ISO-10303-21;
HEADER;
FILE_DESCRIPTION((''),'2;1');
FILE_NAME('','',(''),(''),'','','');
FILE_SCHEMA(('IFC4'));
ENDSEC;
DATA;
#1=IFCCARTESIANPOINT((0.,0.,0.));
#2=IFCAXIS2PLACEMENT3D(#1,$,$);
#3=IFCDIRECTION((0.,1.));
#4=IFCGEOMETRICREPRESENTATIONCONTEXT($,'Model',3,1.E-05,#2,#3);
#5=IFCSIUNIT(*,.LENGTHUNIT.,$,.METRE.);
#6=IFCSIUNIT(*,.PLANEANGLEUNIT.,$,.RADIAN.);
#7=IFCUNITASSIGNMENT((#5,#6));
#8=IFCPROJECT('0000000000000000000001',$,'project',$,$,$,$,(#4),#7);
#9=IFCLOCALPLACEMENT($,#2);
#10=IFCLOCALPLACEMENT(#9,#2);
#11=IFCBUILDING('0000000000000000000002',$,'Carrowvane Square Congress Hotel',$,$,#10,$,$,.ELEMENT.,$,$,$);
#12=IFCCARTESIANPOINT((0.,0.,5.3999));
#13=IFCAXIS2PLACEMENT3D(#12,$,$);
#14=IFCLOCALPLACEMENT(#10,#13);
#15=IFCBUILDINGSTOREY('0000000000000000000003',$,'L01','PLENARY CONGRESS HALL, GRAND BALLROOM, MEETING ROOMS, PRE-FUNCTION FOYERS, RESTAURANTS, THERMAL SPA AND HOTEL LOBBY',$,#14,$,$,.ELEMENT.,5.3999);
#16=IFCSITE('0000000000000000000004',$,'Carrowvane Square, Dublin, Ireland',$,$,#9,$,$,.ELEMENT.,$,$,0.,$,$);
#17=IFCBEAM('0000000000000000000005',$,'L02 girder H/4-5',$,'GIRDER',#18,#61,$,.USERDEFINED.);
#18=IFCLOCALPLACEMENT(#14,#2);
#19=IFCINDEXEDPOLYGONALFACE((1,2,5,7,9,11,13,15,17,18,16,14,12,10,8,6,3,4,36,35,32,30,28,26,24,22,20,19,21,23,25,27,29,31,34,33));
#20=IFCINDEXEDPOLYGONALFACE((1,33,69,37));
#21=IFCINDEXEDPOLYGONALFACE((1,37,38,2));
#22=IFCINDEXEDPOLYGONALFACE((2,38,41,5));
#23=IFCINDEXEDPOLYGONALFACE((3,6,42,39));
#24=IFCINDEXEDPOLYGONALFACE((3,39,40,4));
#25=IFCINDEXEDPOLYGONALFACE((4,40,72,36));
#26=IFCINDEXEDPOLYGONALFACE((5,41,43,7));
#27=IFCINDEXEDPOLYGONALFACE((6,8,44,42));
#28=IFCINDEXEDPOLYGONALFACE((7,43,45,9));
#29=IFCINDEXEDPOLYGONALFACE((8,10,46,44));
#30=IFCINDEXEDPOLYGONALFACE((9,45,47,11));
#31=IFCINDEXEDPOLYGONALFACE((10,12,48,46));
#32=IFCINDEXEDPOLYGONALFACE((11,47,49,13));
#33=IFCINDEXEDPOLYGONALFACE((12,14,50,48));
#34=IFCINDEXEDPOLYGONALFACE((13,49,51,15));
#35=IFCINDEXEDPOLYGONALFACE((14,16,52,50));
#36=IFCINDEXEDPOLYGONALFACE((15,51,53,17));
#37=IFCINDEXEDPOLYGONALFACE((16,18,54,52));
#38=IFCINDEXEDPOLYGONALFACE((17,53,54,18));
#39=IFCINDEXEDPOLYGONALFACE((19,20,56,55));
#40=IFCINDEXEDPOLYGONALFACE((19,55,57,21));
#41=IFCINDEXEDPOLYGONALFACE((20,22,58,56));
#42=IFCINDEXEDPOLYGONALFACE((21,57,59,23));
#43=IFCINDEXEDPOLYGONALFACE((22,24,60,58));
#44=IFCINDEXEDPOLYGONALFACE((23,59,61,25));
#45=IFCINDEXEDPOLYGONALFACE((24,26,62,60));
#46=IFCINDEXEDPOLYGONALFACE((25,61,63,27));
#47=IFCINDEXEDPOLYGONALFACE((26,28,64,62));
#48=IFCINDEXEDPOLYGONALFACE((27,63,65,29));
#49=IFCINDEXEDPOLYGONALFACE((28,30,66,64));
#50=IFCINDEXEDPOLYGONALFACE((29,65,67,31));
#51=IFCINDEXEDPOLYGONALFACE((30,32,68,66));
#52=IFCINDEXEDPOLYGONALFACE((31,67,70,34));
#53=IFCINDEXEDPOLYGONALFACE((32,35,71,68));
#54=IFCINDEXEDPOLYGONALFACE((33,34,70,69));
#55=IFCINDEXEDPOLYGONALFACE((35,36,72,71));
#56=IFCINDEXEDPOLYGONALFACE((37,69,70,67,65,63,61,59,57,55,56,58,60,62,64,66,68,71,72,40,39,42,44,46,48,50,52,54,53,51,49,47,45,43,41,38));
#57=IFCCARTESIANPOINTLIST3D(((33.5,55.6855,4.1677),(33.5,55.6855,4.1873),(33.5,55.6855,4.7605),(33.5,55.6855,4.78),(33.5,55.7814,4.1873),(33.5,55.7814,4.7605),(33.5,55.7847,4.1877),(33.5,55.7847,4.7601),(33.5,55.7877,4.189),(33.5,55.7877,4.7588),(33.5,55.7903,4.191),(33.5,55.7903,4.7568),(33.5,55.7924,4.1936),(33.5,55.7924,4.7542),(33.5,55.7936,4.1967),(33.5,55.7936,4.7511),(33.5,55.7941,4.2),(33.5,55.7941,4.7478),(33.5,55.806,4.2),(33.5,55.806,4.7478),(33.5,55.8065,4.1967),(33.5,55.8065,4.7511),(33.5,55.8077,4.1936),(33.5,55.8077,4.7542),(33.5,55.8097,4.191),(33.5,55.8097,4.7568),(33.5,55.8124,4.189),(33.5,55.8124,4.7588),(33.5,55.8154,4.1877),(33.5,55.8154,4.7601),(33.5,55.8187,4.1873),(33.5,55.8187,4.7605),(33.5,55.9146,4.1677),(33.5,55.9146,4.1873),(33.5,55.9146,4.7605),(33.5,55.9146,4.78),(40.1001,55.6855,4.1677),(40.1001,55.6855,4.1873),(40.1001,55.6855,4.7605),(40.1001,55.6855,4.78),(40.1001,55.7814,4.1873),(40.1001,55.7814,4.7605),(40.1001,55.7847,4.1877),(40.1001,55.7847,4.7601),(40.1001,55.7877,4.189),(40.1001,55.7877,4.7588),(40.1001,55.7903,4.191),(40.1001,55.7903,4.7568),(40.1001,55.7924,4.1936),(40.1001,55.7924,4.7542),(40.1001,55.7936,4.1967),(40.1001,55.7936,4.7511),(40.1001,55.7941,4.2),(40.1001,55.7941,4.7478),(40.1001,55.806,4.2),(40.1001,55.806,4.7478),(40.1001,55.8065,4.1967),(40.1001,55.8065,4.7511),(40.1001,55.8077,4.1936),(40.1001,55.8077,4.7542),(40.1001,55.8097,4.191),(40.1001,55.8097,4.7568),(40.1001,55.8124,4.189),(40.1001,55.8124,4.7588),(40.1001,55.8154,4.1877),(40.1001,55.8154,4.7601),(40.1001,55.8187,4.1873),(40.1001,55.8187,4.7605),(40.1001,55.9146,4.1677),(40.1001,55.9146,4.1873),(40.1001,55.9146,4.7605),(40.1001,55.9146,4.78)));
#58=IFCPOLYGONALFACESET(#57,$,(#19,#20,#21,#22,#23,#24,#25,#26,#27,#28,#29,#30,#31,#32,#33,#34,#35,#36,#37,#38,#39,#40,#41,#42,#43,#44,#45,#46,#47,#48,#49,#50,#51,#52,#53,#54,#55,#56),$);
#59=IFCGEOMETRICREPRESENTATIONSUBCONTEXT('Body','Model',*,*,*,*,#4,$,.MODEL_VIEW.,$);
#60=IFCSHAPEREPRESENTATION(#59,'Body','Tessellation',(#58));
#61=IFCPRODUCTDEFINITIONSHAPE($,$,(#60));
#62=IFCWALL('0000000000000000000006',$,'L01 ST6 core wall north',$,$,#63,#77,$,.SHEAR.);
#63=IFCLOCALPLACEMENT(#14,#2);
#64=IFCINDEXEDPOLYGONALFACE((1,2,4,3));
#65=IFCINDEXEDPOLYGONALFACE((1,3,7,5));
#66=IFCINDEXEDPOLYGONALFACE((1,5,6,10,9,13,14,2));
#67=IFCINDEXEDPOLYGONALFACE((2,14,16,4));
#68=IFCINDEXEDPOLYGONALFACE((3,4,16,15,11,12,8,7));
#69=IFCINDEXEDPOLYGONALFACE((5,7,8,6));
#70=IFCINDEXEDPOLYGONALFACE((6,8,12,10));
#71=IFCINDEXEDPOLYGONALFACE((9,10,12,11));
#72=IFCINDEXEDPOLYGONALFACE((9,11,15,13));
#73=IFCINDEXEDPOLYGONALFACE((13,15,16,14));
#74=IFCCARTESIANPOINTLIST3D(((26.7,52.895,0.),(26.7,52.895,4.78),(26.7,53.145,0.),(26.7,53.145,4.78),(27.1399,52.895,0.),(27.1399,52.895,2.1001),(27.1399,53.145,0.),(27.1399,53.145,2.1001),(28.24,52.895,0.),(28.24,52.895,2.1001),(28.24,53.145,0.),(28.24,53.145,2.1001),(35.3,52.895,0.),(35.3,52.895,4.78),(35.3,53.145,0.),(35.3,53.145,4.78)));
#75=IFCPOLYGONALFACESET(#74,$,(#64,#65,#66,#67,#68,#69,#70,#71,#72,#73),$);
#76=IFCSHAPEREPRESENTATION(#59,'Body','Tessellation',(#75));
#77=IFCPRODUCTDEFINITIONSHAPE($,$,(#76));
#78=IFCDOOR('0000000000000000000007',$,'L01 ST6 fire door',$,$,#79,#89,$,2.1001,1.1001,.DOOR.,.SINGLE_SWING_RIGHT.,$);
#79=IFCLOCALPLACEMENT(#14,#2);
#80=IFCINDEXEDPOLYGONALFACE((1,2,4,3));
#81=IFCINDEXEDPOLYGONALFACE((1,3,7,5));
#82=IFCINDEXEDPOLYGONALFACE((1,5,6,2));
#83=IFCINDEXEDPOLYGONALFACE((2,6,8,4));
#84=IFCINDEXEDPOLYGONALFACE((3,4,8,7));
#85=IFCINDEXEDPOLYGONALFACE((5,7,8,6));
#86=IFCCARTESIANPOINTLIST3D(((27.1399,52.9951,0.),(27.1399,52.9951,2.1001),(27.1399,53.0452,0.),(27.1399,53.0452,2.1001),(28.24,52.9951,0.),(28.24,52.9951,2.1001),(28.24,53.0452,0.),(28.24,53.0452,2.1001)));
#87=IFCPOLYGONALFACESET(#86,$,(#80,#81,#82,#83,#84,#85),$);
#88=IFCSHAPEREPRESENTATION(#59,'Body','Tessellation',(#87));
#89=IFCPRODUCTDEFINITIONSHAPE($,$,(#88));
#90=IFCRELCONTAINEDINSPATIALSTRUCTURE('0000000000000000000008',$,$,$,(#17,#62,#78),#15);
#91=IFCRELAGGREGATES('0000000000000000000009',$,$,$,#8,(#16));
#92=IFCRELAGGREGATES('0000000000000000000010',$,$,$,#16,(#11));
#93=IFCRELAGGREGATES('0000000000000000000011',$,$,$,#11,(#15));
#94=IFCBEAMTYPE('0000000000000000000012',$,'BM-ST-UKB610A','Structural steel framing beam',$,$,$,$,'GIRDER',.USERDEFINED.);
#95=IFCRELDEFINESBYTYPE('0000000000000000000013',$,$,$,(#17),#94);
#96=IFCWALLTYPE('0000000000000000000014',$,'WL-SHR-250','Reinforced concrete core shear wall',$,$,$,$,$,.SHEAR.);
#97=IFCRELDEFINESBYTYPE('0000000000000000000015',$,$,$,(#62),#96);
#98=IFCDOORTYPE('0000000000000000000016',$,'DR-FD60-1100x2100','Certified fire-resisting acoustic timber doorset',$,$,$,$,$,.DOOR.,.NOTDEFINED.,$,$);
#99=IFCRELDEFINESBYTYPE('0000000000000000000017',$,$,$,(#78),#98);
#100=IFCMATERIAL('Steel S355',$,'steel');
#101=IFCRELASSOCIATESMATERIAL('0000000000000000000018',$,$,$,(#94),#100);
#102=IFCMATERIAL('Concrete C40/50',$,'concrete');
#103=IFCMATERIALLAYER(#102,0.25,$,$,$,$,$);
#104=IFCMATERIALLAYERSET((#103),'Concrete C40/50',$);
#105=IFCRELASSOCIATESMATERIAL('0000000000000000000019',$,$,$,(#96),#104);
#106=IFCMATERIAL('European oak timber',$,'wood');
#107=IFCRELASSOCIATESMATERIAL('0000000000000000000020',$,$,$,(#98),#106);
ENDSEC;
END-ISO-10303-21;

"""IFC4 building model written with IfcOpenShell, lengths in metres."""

from ifc_helpers import new_model, si_unit, direction, frame, frame_2d, origin, origin_2d, place, context, subcontext, project, spatial, rectangle, i_section, extrude, material, layer, layer_set, material_profile, profile_set, type_object, element, fill, save


model = new_model("IFC4")

# Units and contexts
model_context = context("Model", 3, precision=1e-05, world=origin(), true_north=direction((0.0, 1.0)))
body_context = subcontext(model_context, "Body", "Model", "MODEL_VIEW")
ifc_project = project(units=[si_unit("LENGTHUNIT", "METRE"), si_unit("PLANEANGLEUNIT", "RADIAN")], contexts=[model_context])

# Site, building, storey
site_placement = place(None, origin())
site = spatial("IfcSite", under=ifc_project, at=site_placement, Name="Carrowvane Square, Dublin, Ireland", CompositionType="ELEMENT", RefElevation=0.0)
building_placement = place(site_placement, origin())
building = spatial("IfcBuilding", under=site, at=building_placement, Name="Carrowvane Square Congress Hotel", CompositionType="ELEMENT")
storey_placement = place(building_placement, frame((0.0, 0.0, 5.3999)))
storey = spatial("IfcBuildingStorey", under=building, at=storey_placement, Name="L01", Description="PLENARY CONGRESS HALL, GRAND BALLROOM, MEETING ROOMS, PRE-FUNCTION FOYERS, RESTAURANTS, THERMAL SPA AND HOTEL LOBBY", CompositionType="ELEMENT", Elevation=5.3999)

# Beam
ifc_material_1 = material(Name="Steel S355", Category="steel")
ifc_material_profile_1 = material_profile(ifc_material_1, i_section(OverallWidth=0.229, OverallDepth=0.6123, WebThickness=0.012, FlangeThickness=0.0195, FilletRadius=0.0127, at=origin_2d()), Name="UKB 610x229x125")
ifc_profile_set_1 = profile_set([ifc_material_profile_1], Name="Steel S355")
beam_type_1 = type_object("IfcBeamType", Name="BM-ST-UKB610A", Description="Structural steel framing beam", ElementType="GIRDER", PredefinedType="USERDEFINED", material=ifc_profile_set_1)
beam_1_placement = place(storey_placement, frame((33.5, 55.8, 4.4739), z_axis=(1.0, 0.0, 0.0), x_axis=(0.0, 1.0, 0.0)))
element("IfcBeam", 1, at=beam_1_placement, inside=storey, type_object=beam_type_1, Name="L02 girder H/4-5", ObjectType="GIRDER", PredefinedType="USERDEFINED", context=body_context, shape_type="SweptSolid", body=[
    extrude(i_section(OverallWidth=0.229, OverallDepth=0.6123, WebThickness=0.012, FlangeThickness=0.0195, FilletRadius=0.0127, at=origin_2d()), origin(), (0.0, 0.0, 1.0), 6.6001),
])

# Wall, opening, door
ifc_material_2 = material(Name="Concrete C40/50", Category="concrete")
ifc_layer = layer(ifc_material_2, 0.25)
ifc_layer_set = layer_set([ifc_layer], Name="Concrete C40/50")
wall_type = type_object("IfcWallType", Name="WL-SHR-250", Description="Reinforced concrete core shear wall", PredefinedType="SHEAR", material=ifc_layer_set)
wall_placement = place(storey_placement, frame((35.3, 53.02, 0.0), z_axis=(0.0, 0.0, 1.0), x_axis=(-1.0, 0.0, 0.0)))
wall = element("IfcWall", 2, at=wall_placement, inside=storey, type_object=wall_type, Name="L01 ST6 core wall north", PredefinedType="SHEAR", context=body_context, shape_type="SweptSolid", body=[
    extrude(rectangle(XDim=8.6001, YDim=0.25, at=frame_2d((4.3, 0.0))), origin(), (0.0, 0.0, 1.0), 4.78),
])
opening_placement = place(wall_placement, frame((7.0601, 0.0, 0.0)))
opening = element("IfcOpeningElement", 3, at=opening_placement, cuts=wall, PredefinedType="OPENING", context=body_context, shape_type="SweptSolid", body=[
    extrude(rectangle(XDim=1.1001, YDim=2.1001, at=frame_2d((0.55, 1.05))), frame((0.0, 0.135, 0.0), z_axis=(0.0, -1.0, 0.0), x_axis=(1.0, 0.0, 0.0)), (0.0, 0.0, 1.0), 0.27),
])
ifc_material_3 = material(Name="European oak timber", Category="wood")
door_type = type_object("IfcDoorType", Name="DR-FD60-1100x2100", Description="Certified fire-resisting acoustic timber doorset", OperationType="NOTDEFINED", PredefinedType="DOOR", material=ifc_material_3)
door_placement = place(opening_placement, origin())
door = element("IfcDoor", 4, at=door_placement, inside=storey, type_object=door_type, Name="L01 ST6 fire door", OperationType="SINGLE_SWING_RIGHT", OverallHeight=2.1001, OverallWidth=1.1001, PredefinedType="DOOR", context=body_context, shape_type="SweptSolid", body=[
    extrude(rectangle(XDim=1.1001, YDim=2.1001, at=frame_2d((0.55, 1.05))), frame((0.0, 0.0249, 0.0), z_axis=(0.0, -1.0, 0.0), x_axis=(1.0, 0.0, 0.0)), (0.0, 0.0, 1.0), 0.05),
])
fill(opening, door)

save(model, "model.ifc")
